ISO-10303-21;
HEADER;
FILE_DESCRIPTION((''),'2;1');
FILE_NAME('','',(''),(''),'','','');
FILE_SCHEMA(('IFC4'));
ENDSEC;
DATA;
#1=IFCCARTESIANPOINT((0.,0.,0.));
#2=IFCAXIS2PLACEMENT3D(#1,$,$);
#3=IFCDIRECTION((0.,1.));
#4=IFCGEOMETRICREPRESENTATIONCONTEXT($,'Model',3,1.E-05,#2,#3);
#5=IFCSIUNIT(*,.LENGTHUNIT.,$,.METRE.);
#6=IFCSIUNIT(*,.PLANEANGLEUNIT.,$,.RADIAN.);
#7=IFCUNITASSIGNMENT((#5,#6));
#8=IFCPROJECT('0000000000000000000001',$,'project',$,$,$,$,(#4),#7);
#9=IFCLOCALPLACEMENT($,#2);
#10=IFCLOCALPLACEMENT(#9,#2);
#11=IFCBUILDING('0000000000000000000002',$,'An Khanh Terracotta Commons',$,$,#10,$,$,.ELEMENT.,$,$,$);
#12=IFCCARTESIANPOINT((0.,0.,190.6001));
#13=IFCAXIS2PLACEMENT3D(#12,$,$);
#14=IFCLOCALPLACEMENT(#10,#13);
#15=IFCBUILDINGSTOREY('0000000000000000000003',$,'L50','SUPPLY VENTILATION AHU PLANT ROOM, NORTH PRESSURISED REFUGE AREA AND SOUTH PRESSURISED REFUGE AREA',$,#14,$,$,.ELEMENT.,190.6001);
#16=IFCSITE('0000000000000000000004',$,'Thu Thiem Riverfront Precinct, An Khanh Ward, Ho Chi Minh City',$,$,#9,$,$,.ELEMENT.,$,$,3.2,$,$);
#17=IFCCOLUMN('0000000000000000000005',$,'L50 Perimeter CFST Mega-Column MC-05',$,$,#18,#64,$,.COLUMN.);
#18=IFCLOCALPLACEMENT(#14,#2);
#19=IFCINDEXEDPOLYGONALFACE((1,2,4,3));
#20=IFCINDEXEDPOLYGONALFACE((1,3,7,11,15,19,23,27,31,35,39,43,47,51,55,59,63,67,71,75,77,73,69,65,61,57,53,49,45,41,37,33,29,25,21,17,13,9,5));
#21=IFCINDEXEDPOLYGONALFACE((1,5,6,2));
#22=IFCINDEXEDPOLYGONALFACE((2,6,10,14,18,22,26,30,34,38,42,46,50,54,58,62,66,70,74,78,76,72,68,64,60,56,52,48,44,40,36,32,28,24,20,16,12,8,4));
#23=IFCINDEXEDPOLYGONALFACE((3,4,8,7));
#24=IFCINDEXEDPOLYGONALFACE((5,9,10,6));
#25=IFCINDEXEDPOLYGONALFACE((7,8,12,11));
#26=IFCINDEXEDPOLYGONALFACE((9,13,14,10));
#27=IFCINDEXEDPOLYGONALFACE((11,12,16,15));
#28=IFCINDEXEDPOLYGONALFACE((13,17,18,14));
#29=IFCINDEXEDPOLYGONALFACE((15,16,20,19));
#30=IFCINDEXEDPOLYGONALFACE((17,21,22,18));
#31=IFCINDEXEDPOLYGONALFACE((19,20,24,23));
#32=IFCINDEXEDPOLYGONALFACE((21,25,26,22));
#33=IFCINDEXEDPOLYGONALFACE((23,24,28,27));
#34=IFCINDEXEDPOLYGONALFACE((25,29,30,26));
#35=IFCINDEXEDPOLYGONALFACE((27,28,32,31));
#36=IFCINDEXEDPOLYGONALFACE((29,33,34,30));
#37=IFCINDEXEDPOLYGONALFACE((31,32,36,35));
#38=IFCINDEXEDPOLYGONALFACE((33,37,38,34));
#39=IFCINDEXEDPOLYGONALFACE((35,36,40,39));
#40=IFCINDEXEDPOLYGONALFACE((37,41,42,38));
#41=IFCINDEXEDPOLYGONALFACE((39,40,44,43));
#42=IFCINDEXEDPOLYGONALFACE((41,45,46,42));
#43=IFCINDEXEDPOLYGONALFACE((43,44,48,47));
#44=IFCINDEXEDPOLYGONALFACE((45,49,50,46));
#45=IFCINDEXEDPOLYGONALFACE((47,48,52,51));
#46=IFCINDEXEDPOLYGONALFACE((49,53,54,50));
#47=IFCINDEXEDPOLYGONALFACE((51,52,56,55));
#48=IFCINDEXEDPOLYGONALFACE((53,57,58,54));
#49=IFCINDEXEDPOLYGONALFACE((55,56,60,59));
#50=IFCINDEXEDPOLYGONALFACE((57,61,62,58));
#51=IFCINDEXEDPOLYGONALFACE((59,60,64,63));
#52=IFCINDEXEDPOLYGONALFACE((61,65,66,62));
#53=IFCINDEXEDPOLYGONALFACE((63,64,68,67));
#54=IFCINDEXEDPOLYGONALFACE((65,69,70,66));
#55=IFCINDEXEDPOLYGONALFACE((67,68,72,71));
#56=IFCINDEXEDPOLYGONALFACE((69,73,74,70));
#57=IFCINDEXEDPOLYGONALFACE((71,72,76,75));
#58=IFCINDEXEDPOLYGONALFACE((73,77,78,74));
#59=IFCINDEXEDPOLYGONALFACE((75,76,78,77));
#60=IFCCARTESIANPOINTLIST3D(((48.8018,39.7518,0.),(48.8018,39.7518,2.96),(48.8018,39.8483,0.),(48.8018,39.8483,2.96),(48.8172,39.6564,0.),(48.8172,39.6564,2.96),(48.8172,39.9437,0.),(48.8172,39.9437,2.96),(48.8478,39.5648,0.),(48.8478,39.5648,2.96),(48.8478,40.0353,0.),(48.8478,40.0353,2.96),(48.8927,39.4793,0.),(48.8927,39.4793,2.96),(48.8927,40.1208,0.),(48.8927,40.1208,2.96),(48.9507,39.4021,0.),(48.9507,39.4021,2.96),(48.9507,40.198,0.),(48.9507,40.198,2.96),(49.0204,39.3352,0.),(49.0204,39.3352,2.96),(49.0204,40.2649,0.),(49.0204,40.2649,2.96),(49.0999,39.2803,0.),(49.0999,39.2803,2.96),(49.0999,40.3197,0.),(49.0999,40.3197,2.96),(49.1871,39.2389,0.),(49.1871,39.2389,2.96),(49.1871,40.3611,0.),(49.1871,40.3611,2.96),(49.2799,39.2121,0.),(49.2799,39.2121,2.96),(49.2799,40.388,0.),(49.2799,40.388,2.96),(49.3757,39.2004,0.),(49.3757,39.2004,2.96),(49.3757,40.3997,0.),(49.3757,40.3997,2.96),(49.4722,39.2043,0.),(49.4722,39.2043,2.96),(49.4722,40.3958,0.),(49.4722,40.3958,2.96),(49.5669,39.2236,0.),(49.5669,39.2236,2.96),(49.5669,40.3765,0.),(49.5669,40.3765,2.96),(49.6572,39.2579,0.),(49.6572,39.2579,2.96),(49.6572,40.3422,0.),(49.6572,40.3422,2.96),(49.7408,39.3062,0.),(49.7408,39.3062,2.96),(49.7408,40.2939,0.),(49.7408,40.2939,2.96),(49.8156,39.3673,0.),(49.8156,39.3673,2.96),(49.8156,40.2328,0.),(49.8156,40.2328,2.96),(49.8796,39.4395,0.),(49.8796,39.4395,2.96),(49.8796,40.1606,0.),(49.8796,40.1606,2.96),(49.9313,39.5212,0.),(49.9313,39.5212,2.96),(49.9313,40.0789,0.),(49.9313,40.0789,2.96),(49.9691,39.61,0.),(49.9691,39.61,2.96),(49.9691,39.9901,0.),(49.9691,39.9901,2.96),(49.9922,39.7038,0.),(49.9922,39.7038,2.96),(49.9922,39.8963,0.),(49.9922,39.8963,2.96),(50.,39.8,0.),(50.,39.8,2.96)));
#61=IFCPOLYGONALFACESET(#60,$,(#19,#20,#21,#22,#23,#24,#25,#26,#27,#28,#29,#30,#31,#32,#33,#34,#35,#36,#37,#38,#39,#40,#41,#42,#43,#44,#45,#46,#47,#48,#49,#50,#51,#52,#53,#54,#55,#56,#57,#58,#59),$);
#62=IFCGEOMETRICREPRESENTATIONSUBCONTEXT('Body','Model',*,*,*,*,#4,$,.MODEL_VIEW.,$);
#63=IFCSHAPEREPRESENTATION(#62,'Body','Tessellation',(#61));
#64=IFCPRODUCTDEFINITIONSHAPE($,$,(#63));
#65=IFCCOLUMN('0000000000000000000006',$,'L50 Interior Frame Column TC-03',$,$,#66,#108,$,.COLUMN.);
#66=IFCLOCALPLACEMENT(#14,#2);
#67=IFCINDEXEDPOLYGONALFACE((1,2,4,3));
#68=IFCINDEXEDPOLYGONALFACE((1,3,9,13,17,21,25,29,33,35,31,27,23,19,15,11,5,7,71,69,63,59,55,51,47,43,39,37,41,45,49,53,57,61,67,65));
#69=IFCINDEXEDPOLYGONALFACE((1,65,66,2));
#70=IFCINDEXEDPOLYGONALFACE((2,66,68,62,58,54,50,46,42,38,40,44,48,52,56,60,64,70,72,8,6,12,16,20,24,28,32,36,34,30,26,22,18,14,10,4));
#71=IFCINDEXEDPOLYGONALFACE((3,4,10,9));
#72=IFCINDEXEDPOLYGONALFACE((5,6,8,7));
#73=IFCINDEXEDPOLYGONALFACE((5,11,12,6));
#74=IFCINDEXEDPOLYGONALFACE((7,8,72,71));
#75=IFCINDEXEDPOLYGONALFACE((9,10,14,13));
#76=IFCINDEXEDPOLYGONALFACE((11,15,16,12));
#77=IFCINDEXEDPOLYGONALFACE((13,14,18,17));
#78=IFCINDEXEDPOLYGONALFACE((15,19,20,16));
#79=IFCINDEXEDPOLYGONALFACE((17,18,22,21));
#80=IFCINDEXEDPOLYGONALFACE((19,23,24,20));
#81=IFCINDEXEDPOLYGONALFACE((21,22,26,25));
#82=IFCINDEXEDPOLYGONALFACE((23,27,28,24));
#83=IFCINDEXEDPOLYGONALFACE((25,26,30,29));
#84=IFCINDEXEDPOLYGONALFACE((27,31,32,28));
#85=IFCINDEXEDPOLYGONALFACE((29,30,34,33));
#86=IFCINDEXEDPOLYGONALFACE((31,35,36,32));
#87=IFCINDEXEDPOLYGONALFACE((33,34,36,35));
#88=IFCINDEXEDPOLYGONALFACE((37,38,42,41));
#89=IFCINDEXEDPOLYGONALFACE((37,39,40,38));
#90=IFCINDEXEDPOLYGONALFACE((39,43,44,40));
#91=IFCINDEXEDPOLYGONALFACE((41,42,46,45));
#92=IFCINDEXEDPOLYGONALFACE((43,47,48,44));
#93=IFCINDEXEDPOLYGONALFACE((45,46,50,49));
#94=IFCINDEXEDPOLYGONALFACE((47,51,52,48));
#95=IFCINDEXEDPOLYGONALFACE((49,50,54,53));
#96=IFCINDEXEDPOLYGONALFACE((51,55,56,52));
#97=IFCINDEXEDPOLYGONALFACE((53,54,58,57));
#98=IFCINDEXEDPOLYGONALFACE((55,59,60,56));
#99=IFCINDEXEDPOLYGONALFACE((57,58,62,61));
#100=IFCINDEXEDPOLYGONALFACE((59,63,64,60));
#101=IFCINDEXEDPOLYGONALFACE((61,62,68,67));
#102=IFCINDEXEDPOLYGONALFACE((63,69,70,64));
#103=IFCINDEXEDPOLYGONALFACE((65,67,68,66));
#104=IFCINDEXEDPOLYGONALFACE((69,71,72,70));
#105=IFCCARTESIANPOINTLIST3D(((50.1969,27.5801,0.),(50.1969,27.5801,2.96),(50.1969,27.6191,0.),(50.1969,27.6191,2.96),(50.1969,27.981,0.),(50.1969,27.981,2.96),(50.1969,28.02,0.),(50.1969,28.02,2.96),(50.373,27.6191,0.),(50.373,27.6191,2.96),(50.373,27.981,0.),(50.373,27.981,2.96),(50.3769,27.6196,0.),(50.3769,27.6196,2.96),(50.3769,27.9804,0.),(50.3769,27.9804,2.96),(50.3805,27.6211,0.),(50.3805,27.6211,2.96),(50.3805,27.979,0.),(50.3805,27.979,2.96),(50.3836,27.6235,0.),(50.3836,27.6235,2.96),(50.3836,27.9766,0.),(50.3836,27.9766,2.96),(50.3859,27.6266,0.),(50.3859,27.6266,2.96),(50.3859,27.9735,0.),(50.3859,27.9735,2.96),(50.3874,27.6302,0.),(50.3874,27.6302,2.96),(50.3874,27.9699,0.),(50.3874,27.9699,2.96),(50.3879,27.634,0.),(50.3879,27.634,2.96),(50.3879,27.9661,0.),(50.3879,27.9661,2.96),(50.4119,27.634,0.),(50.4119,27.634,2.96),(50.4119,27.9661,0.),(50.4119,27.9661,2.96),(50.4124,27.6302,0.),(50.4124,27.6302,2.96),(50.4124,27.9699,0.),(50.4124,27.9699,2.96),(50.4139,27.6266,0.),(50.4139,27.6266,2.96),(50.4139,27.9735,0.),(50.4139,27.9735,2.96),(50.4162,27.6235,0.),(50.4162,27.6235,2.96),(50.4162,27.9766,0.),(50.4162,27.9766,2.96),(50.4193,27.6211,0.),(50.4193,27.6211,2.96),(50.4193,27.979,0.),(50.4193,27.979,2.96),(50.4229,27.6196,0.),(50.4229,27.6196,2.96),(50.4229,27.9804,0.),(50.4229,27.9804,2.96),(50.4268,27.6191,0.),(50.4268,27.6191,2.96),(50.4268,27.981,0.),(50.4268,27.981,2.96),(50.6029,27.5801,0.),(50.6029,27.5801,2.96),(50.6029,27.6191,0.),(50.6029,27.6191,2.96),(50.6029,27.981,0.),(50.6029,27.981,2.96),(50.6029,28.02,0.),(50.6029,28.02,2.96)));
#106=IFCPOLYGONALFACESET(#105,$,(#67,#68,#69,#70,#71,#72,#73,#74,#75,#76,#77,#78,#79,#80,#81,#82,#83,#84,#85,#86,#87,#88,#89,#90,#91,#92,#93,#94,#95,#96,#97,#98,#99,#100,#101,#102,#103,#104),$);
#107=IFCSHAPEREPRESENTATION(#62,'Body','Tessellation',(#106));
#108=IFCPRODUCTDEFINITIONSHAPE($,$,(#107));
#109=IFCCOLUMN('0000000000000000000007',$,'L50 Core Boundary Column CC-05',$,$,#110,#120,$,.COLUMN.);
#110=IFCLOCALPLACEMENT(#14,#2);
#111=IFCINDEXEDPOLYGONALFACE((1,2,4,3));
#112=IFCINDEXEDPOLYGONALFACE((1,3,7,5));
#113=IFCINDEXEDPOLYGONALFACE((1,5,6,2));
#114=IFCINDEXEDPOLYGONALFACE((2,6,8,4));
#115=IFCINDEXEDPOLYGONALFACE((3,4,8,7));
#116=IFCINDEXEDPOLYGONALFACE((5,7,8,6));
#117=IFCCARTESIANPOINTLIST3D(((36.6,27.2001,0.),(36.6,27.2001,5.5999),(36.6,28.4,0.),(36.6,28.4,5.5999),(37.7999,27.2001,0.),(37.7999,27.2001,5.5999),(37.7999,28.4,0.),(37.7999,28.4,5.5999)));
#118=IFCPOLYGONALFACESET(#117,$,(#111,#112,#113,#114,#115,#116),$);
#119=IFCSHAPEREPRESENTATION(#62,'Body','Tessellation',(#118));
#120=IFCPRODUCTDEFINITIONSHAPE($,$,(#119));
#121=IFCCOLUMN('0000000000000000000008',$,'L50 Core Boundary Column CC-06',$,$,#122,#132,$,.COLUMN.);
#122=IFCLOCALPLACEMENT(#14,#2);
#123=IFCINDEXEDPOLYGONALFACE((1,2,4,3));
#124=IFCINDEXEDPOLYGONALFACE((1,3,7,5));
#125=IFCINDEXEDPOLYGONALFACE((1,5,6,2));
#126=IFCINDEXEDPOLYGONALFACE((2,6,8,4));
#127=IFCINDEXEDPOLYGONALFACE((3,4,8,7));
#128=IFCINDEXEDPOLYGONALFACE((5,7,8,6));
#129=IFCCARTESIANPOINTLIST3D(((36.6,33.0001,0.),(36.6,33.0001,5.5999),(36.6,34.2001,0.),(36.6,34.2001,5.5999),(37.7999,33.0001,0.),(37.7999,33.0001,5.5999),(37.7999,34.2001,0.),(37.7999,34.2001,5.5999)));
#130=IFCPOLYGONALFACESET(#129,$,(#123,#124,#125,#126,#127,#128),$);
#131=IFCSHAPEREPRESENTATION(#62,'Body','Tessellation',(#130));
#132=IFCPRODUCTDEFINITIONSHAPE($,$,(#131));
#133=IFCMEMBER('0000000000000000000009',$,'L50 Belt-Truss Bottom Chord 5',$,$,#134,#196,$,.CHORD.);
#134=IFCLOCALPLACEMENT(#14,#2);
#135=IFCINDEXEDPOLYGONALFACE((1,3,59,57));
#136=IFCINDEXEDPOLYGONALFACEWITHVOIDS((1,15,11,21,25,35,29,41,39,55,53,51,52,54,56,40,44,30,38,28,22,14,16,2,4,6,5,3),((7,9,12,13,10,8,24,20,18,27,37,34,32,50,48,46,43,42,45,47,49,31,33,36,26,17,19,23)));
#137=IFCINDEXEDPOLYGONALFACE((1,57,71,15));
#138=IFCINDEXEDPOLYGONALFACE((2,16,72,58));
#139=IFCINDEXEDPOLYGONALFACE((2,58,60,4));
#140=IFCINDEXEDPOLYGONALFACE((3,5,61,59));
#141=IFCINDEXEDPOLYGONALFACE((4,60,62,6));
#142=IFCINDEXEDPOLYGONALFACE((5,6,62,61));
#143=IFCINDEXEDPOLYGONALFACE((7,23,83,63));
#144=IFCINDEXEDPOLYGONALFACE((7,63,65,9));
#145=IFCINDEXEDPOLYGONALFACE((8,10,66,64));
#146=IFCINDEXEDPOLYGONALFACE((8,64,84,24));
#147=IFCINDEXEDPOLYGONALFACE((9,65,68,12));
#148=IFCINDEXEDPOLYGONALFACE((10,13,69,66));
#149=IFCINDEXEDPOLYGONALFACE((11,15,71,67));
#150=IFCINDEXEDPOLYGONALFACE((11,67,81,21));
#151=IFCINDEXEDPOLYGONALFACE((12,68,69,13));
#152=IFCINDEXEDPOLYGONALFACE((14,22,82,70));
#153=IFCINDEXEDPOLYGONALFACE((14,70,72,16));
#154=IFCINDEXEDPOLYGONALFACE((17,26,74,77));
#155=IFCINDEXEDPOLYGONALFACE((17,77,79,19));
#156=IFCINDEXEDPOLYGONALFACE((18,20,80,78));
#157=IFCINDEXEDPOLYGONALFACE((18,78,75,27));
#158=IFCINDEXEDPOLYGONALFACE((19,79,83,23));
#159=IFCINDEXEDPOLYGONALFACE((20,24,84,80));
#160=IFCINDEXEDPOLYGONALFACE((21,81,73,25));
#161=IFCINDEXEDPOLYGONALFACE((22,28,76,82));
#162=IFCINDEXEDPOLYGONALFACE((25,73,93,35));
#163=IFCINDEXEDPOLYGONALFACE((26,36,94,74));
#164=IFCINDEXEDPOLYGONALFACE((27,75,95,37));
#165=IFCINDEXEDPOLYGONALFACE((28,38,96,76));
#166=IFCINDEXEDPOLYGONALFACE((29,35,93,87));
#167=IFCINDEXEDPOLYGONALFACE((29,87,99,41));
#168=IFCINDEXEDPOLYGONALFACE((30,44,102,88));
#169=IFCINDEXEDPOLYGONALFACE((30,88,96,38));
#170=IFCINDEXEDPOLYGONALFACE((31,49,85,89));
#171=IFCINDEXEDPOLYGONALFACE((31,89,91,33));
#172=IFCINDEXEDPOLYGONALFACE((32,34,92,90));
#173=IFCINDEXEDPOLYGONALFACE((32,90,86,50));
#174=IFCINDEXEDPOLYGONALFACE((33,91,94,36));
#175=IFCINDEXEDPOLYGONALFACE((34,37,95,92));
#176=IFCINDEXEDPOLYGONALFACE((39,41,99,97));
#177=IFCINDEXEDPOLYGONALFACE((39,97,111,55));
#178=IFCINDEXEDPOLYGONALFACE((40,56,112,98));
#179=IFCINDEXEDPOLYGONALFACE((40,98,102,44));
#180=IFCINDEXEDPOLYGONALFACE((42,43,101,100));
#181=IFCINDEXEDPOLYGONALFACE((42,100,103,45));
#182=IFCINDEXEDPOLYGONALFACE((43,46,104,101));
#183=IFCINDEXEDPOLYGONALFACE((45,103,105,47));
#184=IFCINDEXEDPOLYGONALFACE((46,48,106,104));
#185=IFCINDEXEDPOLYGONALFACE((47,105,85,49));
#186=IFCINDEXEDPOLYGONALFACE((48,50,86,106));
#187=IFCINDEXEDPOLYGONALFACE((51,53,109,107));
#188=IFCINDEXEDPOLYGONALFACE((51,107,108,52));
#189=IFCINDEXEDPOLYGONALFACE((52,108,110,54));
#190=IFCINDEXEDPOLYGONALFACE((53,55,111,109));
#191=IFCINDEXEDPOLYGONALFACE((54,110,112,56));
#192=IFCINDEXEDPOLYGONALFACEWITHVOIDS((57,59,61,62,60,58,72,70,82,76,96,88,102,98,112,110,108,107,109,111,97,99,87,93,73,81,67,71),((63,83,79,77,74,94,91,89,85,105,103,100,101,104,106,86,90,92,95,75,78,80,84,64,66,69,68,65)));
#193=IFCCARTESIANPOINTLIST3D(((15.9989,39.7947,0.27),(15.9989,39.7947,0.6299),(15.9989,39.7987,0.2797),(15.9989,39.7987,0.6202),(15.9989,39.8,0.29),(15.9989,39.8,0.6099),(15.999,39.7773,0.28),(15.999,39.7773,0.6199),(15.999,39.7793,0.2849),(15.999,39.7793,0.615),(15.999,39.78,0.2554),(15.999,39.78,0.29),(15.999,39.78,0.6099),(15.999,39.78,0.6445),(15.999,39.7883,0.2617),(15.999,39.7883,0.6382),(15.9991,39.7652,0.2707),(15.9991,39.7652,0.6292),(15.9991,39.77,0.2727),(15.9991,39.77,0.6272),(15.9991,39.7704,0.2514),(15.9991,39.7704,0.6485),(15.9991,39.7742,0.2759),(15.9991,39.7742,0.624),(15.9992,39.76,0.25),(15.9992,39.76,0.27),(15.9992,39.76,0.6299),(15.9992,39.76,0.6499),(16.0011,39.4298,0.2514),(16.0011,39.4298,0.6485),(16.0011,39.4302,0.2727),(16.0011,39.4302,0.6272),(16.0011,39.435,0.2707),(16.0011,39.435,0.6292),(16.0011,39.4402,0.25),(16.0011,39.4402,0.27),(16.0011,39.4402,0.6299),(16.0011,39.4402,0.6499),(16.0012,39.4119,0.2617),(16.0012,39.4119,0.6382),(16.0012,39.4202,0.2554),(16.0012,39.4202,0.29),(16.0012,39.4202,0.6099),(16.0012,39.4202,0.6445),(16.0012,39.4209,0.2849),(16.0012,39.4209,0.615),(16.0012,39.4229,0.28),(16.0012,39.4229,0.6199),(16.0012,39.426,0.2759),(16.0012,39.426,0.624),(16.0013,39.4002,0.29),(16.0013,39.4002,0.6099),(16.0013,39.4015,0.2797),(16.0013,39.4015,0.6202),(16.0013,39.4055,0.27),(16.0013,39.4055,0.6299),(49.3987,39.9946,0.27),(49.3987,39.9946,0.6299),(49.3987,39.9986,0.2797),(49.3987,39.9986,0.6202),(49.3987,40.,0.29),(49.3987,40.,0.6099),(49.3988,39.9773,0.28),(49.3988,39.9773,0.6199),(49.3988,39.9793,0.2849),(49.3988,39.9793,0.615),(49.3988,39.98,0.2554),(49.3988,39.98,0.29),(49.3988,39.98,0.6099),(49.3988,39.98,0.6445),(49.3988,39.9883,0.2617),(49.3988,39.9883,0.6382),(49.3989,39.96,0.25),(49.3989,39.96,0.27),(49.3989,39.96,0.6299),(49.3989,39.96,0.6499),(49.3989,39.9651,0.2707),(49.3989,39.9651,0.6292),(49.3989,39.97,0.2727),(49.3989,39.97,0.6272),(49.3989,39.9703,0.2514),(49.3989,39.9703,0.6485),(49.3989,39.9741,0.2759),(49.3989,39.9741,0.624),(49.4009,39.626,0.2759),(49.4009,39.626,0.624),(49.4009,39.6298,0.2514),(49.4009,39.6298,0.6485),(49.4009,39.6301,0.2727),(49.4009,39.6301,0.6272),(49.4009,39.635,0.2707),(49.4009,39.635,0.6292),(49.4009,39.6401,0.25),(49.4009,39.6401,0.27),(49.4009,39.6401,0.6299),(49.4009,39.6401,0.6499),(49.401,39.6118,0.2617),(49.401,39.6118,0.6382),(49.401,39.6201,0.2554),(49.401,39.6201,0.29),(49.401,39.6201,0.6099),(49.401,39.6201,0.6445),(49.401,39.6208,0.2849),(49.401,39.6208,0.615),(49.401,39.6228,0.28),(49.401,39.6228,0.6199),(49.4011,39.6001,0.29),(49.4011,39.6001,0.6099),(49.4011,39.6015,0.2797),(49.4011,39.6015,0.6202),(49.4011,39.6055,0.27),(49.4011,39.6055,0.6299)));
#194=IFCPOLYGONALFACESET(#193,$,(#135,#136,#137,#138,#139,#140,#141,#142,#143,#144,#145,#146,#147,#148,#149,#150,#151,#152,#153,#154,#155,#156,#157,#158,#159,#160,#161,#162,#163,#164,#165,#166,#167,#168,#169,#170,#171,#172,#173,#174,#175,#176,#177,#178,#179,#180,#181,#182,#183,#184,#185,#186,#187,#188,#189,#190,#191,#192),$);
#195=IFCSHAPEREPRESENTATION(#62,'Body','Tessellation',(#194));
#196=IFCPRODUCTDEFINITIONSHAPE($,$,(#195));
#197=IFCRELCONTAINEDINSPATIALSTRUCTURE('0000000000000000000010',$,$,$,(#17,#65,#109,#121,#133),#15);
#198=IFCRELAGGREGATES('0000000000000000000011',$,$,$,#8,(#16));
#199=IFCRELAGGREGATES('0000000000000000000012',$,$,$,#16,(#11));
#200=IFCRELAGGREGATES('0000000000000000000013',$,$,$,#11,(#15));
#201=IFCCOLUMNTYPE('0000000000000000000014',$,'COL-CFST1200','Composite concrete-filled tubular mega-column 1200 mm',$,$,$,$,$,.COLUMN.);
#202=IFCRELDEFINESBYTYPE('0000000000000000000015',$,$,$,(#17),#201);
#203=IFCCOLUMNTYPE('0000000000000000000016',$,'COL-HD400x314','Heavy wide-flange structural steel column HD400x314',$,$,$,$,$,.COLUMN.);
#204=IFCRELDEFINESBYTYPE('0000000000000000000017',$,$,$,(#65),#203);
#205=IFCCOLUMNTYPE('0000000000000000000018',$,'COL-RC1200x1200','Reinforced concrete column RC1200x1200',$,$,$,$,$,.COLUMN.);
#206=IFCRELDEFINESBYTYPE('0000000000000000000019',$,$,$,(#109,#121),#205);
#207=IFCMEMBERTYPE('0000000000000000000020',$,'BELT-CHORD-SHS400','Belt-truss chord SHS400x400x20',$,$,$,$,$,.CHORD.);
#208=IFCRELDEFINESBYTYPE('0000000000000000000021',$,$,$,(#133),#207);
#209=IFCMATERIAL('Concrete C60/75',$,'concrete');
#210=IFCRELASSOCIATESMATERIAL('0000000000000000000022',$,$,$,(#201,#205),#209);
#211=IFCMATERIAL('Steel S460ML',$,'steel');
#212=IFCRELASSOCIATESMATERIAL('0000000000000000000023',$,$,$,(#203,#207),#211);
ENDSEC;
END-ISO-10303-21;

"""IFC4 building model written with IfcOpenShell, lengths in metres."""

from ifc_helpers import new_model, si_unit, direction, frame, origin, origin_2d, place, context, subcontext, project, spatial, rectangle, hollow_rectangle, circle, i_section, extrude, material, material_profile, profile_set, type_object, element, save


model = new_model("IFC4")

# Units and contexts
model_context = context("Model", 3, precision=1e-05, world=origin(), true_north=direction((0.0, 1.0)))
body_context = subcontext(model_context, "Body", "Model", "MODEL_VIEW")
ifc_project = project(units=[si_unit("LENGTHUNIT", "METRE"), si_unit("PLANEANGLEUNIT", "RADIAN")], contexts=[model_context])

# Site, building, storey
site_placement = place(None, origin())
site = spatial("IfcSite", under=ifc_project, at=site_placement, Name="Thu Thiem Riverfront Precinct, An Khanh Ward, Ho Chi Minh City", CompositionType="ELEMENT", RefElevation=3.2)
building_placement = place(site_placement, origin())
building = spatial("IfcBuilding", under=site, at=building_placement, Name="An Khanh Terracotta Commons", CompositionType="ELEMENT")
storey_placement = place(building_placement, frame((0.0, 0.0, 190.6001)))
storey = spatial("IfcBuildingStorey", under=building, at=storey_placement, Name="L50", Description="SUPPLY VENTILATION AHU PLANT ROOM, NORTH PRESSURISED REFUGE AREA AND SOUTH PRESSURISED REFUGE AREA", CompositionType="ELEMENT", Elevation=190.6001)

# Columns
ifc_material_1 = material(Name="Concrete C60/75", Category="concrete")
ifc_material_profile_1 = material_profile(ifc_material_1, circle(Radius=0.6001, at=origin_2d()), Name="CFST1200")
ifc_profile_set_1 = profile_set([ifc_material_profile_1], Name="Concrete C60/75")
column_type_1 = type_object("IfcColumnType", Name="COL-CFST1200", Description="Composite concrete-filled tubular mega-column 1200 mm", PredefinedType="COLUMN", material=ifc_profile_set_1)
column_1_placement = place(storey_placement, frame((49.3999, 39.8, 0.0), z_axis=(0.0, 0.0, 1.0), x_axis=(1.0, 0.0, 0.0)))
element("IfcColumn", 1, at=column_1_placement, inside=storey, type_object=column_type_1, Name="L50 Perimeter CFST Mega-Column MC-05", PredefinedType="COLUMN", context=body_context, shape_type="SweptSolid", body=[
    extrude(circle(Radius=0.6001, at=origin_2d()), origin(), (0.0, 0.0, 1.0), 2.96),
])
ifc_material_2 = material(Name="Steel S460ML", Category="steel")
ifc_material_profile_2 = material_profile(ifc_material_2, i_section(OverallWidth=0.406, OverallDepth=0.4399, WebThickness=0.0239, FlangeThickness=0.0391, FilletRadius=0.0149, at=origin_2d()), Name="HD400x314")
ifc_profile_set_2 = profile_set([ifc_material_profile_2], Name="Steel S460ML")
column_type_2 = type_object("IfcColumnType", Name="COL-HD400x314", Description="Heavy wide-flange structural steel column HD400x314", PredefinedType="COLUMN", material=ifc_profile_set_2)
column_2_placement = place(storey_placement, frame((50.3999, 27.8, 0.0), z_axis=(0.0, 0.0, 1.0), x_axis=(1.0, 0.0, 0.0)))
element("IfcColumn", 2, at=column_2_placement, inside=storey, type_object=column_type_2, Name="L50 Interior Frame Column TC-03", PredefinedType="COLUMN", context=body_context, shape_type="SweptSolid", body=[
    extrude(i_section(OverallWidth=0.406, OverallDepth=0.4399, WebThickness=0.0239, FlangeThickness=0.0391, FilletRadius=0.0149, at=origin_2d()), origin(), (0.0, 0.0, 1.0), 2.96),
])
ifc_material_profile_3 = material_profile(ifc_material_1, rectangle(XDim=1.2, YDim=1.2, at=origin_2d()), Name="RC1200x1200")
ifc_profile_set_3 = profile_set([ifc_material_profile_3], Name="Concrete C60/75")
column_type_3 = type_object("IfcColumnType", Name="COL-RC1200x1200", Description="Reinforced concrete column RC1200x1200", PredefinedType="COLUMN", material=ifc_profile_set_3)
for number, where, z_axis, x_axis, name in (
    (3, (37.2, 27.8, 0.0), (0.0, 0.0, 1.0), (1.0, 0.0, 0.0), "L50 Core Boundary Column CC-05"),
    (4, (37.2, 33.6001, 0.0), (0.0, 0.0, 1.0), (1.0, 0.0, 0.0), "L50 Core Boundary Column CC-06"),
):
    element("IfcColumn", number, at=place(storey_placement, frame(where, z_axis=z_axis, x_axis=x_axis)), inside=storey, type_object=column_type_3, Name=name, PredefinedType="COLUMN", context=body_context, shape_type="SweptSolid", body=[
        extrude(rectangle(XDim=1.2, YDim=1.2, at=origin_2d()), origin(), (0.0, 0.0, 1.0), 5.5999),
    ])

# Member
ifc_material_profile_4 = material_profile(ifc_material_2, hollow_rectangle(XDim=0.3999, YDim=0.3999, WallThickness=0.02, InnerFilletRadius=0.02, OuterFilletRadius=0.04, at=origin_2d()), Name="SHS400x400x20")
ifc_profile_set_4 = profile_set([ifc_material_profile_4], Name="Steel S460ML")
member_type_1 = type_object("IfcMemberType", Name="BELT-CHORD-SHS400", Description="Belt-truss chord SHS400x400x20", PredefinedType="CHORD", material=ifc_profile_set_4)
for number, where, z_axis, x_axis, name in (
    (5, (49.3999, 39.8, 0.45), (-0.999982, -0.005986, 0.0), (0.005986, -0.999982, 0.0), "L50 Belt-Truss Bottom Chord 5"),
):
    element("IfcMember", number, at=place(storey_placement, frame(where, z_axis=z_axis, x_axis=x_axis)), inside=storey, type_object=member_type_1, Name=name, PredefinedType="CHORD", context=body_context, shape_type="SweptSolid", body=[
        extrude(hollow_rectangle(XDim=0.3999, YDim=0.3999, WallThickness=0.02, InnerFilletRadius=0.02, OuterFilletRadius=0.04, at=origin_2d()), origin(), (0.0, 0.0, 1.0), 33.4004),
    ])

save(model, "model.ifc")
